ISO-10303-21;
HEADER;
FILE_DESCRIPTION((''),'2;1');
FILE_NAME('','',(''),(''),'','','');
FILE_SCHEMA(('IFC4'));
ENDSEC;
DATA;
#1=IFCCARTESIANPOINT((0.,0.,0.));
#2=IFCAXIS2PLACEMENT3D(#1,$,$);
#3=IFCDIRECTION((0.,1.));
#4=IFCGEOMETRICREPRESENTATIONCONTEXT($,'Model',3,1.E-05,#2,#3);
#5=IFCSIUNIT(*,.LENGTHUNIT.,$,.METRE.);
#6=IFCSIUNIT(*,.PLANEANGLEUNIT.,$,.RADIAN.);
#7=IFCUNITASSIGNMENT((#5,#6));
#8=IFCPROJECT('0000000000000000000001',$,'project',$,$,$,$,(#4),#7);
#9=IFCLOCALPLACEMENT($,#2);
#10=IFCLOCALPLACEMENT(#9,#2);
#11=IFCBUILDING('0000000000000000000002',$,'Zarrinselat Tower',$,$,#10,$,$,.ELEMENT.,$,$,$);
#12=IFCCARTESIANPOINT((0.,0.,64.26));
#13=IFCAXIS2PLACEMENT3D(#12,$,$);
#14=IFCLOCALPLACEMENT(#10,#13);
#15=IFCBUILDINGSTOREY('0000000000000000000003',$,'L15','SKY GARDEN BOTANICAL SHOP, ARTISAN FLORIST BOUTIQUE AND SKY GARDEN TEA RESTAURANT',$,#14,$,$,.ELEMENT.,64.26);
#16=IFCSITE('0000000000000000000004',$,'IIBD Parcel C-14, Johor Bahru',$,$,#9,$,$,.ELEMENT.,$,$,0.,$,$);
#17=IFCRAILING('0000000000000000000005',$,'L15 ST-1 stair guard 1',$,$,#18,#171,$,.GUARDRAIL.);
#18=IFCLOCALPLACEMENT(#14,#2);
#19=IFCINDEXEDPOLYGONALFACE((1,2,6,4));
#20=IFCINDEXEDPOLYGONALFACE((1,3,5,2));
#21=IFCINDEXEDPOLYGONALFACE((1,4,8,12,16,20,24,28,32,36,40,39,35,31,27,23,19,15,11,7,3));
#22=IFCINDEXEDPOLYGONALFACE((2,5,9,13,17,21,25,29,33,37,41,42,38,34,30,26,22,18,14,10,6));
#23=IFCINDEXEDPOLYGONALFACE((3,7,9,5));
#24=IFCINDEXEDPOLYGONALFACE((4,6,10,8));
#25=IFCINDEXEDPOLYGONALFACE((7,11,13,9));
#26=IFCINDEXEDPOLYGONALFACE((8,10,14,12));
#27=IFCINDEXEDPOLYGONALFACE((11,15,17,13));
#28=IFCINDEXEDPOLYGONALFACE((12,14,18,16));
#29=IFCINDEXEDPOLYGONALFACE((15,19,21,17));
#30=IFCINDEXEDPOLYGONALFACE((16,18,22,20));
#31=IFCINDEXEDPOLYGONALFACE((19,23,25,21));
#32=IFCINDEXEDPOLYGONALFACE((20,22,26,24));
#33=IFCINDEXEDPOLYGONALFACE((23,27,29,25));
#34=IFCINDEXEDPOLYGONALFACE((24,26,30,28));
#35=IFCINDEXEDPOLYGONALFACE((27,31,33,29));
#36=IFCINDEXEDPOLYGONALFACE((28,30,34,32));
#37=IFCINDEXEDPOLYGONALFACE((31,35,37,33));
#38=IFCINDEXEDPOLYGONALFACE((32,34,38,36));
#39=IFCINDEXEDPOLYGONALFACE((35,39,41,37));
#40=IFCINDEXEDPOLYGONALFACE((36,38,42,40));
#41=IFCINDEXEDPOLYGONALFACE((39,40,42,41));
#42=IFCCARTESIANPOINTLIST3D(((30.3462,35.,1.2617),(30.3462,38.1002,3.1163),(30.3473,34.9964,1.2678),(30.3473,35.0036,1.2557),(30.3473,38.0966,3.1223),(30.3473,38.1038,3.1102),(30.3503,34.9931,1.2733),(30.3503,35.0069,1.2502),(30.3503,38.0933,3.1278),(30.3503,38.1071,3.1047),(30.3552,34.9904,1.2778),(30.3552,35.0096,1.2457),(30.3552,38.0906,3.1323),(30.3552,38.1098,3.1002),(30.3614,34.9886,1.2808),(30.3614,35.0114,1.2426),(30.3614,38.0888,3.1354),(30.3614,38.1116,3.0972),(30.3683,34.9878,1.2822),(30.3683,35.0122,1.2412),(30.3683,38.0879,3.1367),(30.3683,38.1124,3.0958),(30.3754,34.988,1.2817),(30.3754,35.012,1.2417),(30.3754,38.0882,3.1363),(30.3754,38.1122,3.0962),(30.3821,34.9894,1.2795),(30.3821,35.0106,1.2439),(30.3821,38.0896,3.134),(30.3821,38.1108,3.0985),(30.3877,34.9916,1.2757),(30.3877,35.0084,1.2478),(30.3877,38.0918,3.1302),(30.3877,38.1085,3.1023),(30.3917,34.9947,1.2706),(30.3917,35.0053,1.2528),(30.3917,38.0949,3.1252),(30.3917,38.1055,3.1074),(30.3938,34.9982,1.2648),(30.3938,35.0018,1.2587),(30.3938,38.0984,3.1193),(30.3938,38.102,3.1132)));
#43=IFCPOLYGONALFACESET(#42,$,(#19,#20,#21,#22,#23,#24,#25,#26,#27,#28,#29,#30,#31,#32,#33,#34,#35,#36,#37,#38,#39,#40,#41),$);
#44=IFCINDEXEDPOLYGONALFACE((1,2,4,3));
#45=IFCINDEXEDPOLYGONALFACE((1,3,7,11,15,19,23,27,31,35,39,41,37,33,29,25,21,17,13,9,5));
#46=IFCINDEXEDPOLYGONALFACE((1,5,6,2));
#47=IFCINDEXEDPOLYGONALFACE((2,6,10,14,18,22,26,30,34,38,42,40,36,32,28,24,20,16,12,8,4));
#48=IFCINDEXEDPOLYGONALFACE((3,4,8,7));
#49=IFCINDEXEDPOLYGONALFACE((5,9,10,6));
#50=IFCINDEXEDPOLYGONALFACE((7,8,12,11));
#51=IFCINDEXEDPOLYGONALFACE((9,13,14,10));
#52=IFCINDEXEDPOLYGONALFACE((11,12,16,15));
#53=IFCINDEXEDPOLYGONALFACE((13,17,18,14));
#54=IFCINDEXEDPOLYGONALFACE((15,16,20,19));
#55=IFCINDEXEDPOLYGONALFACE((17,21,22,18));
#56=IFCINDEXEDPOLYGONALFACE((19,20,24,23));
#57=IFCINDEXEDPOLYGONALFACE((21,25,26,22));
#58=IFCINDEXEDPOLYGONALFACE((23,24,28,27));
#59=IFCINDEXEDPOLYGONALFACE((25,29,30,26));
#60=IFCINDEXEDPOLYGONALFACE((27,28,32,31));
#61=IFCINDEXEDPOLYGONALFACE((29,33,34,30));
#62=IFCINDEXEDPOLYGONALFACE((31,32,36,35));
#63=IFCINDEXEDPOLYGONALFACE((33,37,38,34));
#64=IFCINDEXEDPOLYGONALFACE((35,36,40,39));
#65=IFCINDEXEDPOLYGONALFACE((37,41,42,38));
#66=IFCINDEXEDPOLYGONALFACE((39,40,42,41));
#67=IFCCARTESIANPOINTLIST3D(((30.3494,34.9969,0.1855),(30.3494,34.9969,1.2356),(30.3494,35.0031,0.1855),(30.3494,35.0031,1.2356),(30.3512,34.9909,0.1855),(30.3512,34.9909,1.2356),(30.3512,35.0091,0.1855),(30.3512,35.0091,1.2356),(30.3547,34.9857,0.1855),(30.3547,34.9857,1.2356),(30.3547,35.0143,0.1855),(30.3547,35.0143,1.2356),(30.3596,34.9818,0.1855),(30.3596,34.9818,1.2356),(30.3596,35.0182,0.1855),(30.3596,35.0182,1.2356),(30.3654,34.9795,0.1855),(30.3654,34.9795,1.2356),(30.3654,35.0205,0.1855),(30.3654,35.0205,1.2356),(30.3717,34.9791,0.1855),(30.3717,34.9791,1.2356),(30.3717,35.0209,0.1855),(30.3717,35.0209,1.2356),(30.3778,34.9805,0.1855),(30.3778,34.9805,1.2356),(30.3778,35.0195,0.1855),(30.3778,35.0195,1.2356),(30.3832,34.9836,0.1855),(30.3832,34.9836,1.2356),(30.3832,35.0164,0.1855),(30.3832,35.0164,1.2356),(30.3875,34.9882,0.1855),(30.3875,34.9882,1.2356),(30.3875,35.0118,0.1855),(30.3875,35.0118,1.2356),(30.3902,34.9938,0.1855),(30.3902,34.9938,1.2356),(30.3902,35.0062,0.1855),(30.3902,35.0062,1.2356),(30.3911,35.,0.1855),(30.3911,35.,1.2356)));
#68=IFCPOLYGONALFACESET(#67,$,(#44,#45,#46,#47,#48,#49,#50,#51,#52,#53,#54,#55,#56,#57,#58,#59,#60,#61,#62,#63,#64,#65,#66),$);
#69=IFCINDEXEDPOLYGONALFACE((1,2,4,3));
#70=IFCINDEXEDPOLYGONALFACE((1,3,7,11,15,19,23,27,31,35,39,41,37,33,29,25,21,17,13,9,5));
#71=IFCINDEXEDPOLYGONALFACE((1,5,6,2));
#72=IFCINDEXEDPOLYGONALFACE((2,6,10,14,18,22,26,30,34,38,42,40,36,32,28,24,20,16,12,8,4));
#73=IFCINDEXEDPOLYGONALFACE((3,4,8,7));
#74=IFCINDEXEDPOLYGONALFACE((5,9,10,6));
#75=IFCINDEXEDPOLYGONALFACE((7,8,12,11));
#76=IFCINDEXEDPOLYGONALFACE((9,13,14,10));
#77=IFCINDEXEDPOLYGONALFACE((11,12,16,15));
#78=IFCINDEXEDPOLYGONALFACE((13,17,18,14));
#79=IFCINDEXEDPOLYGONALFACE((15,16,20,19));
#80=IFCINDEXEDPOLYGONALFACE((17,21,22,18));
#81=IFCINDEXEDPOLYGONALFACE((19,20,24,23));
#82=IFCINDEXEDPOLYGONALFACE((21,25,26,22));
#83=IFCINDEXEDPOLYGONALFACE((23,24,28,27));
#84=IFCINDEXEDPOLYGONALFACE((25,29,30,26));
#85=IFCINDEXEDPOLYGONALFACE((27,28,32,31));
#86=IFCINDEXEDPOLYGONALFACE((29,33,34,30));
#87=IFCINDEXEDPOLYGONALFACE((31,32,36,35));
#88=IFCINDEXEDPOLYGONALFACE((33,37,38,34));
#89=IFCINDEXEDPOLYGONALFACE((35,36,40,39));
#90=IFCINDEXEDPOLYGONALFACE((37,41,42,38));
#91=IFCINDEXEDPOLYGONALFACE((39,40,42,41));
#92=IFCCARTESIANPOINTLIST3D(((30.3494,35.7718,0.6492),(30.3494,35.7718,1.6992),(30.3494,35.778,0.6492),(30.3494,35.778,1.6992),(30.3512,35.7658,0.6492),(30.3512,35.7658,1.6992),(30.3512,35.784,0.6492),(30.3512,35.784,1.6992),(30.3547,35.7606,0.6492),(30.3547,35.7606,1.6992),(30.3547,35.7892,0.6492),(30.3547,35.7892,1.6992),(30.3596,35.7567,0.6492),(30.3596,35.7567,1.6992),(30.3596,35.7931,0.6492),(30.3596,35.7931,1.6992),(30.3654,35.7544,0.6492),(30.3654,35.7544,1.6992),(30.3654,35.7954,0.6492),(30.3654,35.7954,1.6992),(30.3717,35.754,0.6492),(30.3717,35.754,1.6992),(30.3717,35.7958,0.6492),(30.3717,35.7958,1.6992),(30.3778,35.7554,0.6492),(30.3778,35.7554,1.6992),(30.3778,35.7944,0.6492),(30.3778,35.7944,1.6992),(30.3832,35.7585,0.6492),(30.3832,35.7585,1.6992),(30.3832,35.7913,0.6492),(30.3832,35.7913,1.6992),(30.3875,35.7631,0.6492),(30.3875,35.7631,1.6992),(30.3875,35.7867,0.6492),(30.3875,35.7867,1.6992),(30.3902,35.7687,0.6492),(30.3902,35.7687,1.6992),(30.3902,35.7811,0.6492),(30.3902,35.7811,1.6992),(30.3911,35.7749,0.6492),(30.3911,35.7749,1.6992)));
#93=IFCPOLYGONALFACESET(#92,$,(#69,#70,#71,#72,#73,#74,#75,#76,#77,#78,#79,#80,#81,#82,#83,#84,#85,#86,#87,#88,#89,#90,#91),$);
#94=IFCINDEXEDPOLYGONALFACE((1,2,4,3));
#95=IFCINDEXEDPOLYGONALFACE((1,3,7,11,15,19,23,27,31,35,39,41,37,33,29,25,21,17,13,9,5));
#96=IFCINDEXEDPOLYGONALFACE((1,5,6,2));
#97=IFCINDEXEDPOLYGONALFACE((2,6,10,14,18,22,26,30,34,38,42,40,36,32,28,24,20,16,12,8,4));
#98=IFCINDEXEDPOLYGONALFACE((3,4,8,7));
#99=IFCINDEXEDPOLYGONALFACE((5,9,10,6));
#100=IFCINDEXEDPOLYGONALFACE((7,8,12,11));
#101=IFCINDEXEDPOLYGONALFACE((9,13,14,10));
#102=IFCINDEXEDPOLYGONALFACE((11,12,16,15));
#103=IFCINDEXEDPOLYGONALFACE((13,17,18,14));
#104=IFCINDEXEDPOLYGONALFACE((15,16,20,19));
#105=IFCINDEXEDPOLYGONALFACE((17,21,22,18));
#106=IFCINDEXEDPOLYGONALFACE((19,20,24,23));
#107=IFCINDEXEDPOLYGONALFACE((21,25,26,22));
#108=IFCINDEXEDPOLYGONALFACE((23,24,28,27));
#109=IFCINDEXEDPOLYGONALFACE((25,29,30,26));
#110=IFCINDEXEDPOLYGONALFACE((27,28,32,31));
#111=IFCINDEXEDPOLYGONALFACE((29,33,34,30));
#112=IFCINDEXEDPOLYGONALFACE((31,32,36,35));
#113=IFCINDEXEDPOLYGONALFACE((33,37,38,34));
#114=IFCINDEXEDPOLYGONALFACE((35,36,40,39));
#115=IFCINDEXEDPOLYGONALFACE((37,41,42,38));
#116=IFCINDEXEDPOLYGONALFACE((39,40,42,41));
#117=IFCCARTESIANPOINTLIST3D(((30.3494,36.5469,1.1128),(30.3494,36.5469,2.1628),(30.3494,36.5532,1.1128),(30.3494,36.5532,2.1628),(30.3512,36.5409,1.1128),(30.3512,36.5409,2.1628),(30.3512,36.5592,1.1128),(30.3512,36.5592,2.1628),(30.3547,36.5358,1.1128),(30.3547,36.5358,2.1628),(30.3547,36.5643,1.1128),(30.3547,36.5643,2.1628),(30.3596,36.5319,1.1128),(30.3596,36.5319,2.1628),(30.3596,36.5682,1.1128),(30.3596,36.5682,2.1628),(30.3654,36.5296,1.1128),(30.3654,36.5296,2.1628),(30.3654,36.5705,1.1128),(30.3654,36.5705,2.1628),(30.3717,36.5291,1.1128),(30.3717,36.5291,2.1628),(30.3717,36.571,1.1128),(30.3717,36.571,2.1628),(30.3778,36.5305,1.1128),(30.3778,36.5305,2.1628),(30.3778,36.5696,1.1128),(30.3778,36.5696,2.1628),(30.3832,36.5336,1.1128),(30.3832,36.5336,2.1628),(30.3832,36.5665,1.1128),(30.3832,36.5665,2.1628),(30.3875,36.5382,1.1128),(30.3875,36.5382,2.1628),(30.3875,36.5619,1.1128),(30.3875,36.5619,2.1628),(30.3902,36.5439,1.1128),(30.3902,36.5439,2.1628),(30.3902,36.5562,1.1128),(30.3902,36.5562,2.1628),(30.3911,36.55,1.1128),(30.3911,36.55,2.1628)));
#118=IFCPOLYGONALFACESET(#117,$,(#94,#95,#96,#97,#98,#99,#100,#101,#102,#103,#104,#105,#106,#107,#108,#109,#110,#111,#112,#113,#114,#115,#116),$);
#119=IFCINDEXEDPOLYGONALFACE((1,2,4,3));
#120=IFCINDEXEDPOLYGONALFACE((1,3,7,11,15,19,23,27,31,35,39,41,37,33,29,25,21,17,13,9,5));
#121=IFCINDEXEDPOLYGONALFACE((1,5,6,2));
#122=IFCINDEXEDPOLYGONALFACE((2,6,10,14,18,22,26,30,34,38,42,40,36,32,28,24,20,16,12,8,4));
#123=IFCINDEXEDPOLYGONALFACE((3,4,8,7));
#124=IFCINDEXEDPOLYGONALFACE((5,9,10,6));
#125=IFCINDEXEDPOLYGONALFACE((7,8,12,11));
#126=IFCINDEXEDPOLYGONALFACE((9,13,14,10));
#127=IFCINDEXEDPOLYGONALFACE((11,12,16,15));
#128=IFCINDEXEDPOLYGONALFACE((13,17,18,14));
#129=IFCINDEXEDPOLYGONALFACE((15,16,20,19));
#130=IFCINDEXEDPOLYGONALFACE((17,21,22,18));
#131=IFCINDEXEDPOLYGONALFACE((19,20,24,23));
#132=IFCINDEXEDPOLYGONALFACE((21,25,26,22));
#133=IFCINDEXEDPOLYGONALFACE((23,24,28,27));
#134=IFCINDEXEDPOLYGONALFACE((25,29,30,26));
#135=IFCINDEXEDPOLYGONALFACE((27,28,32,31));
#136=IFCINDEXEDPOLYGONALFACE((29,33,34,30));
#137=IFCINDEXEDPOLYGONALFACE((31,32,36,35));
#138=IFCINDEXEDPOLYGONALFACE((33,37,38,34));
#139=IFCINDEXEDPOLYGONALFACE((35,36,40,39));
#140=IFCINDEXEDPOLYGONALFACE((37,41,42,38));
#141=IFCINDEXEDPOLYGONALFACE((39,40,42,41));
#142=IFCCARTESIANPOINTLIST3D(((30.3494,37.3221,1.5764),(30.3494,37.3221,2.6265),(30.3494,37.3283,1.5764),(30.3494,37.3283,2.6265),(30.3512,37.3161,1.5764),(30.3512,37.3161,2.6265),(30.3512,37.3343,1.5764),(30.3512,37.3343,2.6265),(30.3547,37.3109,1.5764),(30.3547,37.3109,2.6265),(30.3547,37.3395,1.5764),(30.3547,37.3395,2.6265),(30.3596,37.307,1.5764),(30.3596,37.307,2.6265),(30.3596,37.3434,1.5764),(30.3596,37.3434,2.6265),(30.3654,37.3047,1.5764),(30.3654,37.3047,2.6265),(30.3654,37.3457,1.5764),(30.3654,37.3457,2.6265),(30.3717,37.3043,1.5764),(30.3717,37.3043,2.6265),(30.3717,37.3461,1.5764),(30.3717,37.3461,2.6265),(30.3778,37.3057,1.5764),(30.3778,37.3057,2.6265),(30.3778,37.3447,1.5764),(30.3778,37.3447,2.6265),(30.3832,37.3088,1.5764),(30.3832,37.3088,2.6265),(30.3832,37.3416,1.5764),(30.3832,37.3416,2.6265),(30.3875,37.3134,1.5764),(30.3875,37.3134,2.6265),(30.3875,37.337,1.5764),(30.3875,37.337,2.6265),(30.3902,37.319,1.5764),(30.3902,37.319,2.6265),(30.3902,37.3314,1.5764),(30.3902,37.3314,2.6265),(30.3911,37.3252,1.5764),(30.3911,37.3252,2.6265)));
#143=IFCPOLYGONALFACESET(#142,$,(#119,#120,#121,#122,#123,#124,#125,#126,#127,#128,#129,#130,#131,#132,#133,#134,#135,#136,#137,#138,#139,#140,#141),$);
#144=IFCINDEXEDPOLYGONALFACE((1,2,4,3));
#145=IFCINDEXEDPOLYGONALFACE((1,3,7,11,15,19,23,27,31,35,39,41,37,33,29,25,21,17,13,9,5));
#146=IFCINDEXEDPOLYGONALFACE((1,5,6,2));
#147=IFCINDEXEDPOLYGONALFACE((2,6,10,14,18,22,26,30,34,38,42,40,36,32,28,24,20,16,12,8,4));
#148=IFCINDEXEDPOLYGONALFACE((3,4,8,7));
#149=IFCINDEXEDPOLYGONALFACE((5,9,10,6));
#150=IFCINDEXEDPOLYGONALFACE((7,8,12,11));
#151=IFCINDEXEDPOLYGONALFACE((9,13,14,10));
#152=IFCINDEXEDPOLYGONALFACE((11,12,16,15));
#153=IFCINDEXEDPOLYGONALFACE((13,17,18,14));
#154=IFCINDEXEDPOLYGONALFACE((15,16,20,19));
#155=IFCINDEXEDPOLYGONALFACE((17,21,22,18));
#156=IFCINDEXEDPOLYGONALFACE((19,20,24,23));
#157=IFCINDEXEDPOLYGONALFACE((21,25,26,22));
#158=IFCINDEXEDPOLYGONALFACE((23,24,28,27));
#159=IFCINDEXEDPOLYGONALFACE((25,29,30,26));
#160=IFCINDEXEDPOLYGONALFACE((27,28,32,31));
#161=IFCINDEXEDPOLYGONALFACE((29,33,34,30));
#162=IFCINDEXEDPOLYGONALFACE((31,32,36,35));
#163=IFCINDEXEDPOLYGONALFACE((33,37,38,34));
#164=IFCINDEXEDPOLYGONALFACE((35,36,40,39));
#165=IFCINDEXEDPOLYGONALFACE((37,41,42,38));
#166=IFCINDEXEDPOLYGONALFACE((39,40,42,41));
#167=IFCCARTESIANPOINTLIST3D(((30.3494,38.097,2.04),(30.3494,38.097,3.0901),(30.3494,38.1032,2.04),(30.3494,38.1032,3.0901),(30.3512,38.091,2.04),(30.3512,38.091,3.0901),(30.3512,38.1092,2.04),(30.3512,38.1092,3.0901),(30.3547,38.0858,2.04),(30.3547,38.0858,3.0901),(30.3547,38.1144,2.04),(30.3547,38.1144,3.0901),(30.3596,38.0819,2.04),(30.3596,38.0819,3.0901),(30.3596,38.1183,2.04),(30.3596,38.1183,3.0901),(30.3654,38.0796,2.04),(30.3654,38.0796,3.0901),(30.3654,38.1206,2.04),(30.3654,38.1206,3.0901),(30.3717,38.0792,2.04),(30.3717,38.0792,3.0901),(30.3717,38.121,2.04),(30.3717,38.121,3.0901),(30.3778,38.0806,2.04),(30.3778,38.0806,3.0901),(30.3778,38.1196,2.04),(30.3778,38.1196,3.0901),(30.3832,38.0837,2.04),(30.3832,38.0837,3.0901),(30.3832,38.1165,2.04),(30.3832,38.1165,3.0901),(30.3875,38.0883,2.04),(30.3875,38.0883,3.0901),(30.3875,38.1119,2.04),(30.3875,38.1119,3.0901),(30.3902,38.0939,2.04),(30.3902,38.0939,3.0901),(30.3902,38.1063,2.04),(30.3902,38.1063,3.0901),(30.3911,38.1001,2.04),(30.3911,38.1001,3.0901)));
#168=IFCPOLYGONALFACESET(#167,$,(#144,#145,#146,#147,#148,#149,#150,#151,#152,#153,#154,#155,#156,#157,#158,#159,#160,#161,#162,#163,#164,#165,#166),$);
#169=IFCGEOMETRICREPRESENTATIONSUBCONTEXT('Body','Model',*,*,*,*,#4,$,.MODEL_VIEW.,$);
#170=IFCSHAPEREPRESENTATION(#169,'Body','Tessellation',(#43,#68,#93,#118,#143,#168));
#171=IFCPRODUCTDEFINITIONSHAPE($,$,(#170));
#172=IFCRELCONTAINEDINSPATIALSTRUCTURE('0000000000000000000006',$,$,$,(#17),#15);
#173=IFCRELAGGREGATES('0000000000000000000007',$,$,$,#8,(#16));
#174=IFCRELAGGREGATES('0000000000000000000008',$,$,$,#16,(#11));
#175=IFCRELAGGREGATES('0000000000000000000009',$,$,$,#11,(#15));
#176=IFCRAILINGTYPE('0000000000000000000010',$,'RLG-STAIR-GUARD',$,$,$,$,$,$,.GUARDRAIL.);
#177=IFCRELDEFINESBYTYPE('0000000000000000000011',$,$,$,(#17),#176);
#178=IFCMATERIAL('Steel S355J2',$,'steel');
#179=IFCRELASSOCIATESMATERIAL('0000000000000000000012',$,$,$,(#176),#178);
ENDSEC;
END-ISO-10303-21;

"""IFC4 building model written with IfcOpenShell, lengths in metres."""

from ifc_helpers import new_model, si_unit, direction, frame, origin, origin_2d, place, context, subcontext, project, spatial, circle, extrude, material, type_object, element, save


model = new_model("IFC4")

# Units and contexts
model_context = context("Model", 3, precision=1e-05, world=origin(), true_north=direction((0.0, 1.0)))
body_context = subcontext(model_context, "Body", "Model", "MODEL_VIEW")
ifc_project = project(units=[si_unit("LENGTHUNIT", "METRE"), si_unit("PLANEANGLEUNIT", "RADIAN")], contexts=[model_context])

# Site, building, storey
site_placement = place(None, origin())
site = spatial("IfcSite", under=ifc_project, at=site_placement, Name="IIBD Parcel C-14, Johor Bahru", CompositionType="ELEMENT", RefElevation=0.0)
building_placement = place(site_placement, origin())
building = spatial("IfcBuilding", under=site, at=building_placement, Name="Zarrinselat Tower", CompositionType="ELEMENT")
storey_placement = place(building_placement, frame((0.0, 0.0, 64.26)))
storey = spatial("IfcBuildingStorey", under=building, at=storey_placement, Name="L15", Description="SKY GARDEN BOTANICAL SHOP, ARTISAN FLORIST BOUTIQUE AND SKY GARDEN TEA RESTAURANT", CompositionType="ELEMENT", Elevation=64.26)

# Railing
ifc_material_1 = material(Name="Steel S355J2", Category="steel")
railing_type_1 = type_object("IfcRailingType", Name="RLG-STAIR-GUARD", PredefinedType="GUARDRAIL", material=ifc_material_1)
railing_1_placement = place(storey_placement, frame((30.3701, 35.0, 0.1855)))
element("IfcRailing", 1, at=railing_1_placement, inside=storey, type_object=railing_type_1, Name="L15 ST-1 stair guard 1", PredefinedType="GUARDRAIL", context=body_context, shape_type="SweptSolid", body=[
    extrude(circle(Radius=0.0239, at=origin_2d()), frame((0.0, 0.0, 1.0762), z_axis=(0.0, 0.858172, 0.513362), x_axis=(-1.0, 0.0, 0.0)), (0.0, 0.0, 1.0), 3.6125),
    extrude(circle(Radius=0.021, at=origin_2d()), origin(), (0.0, 0.0, 1.0), 1.05),
    extrude(circle(Radius=0.021, at=origin_2d()), frame((0.0, 0.7749, 0.4636)), (0.0, 0.0, 1.0), 1.05),
    extrude(circle(Radius=0.021, at=origin_2d()), frame((0.0, 1.55, 0.9272)), (0.0, 0.0, 1.0), 1.05),
    extrude(circle(Radius=0.021, at=origin_2d()), frame((0.0, 2.3252, 1.3909)), (0.0, 0.0, 1.0), 1.05),
    extrude(circle(Radius=0.021, at=origin_2d()), frame((0.0, 3.1001, 1.8545)), (0.0, 0.0, 1.0), 1.05),
])

save(model, "model.ifc")
